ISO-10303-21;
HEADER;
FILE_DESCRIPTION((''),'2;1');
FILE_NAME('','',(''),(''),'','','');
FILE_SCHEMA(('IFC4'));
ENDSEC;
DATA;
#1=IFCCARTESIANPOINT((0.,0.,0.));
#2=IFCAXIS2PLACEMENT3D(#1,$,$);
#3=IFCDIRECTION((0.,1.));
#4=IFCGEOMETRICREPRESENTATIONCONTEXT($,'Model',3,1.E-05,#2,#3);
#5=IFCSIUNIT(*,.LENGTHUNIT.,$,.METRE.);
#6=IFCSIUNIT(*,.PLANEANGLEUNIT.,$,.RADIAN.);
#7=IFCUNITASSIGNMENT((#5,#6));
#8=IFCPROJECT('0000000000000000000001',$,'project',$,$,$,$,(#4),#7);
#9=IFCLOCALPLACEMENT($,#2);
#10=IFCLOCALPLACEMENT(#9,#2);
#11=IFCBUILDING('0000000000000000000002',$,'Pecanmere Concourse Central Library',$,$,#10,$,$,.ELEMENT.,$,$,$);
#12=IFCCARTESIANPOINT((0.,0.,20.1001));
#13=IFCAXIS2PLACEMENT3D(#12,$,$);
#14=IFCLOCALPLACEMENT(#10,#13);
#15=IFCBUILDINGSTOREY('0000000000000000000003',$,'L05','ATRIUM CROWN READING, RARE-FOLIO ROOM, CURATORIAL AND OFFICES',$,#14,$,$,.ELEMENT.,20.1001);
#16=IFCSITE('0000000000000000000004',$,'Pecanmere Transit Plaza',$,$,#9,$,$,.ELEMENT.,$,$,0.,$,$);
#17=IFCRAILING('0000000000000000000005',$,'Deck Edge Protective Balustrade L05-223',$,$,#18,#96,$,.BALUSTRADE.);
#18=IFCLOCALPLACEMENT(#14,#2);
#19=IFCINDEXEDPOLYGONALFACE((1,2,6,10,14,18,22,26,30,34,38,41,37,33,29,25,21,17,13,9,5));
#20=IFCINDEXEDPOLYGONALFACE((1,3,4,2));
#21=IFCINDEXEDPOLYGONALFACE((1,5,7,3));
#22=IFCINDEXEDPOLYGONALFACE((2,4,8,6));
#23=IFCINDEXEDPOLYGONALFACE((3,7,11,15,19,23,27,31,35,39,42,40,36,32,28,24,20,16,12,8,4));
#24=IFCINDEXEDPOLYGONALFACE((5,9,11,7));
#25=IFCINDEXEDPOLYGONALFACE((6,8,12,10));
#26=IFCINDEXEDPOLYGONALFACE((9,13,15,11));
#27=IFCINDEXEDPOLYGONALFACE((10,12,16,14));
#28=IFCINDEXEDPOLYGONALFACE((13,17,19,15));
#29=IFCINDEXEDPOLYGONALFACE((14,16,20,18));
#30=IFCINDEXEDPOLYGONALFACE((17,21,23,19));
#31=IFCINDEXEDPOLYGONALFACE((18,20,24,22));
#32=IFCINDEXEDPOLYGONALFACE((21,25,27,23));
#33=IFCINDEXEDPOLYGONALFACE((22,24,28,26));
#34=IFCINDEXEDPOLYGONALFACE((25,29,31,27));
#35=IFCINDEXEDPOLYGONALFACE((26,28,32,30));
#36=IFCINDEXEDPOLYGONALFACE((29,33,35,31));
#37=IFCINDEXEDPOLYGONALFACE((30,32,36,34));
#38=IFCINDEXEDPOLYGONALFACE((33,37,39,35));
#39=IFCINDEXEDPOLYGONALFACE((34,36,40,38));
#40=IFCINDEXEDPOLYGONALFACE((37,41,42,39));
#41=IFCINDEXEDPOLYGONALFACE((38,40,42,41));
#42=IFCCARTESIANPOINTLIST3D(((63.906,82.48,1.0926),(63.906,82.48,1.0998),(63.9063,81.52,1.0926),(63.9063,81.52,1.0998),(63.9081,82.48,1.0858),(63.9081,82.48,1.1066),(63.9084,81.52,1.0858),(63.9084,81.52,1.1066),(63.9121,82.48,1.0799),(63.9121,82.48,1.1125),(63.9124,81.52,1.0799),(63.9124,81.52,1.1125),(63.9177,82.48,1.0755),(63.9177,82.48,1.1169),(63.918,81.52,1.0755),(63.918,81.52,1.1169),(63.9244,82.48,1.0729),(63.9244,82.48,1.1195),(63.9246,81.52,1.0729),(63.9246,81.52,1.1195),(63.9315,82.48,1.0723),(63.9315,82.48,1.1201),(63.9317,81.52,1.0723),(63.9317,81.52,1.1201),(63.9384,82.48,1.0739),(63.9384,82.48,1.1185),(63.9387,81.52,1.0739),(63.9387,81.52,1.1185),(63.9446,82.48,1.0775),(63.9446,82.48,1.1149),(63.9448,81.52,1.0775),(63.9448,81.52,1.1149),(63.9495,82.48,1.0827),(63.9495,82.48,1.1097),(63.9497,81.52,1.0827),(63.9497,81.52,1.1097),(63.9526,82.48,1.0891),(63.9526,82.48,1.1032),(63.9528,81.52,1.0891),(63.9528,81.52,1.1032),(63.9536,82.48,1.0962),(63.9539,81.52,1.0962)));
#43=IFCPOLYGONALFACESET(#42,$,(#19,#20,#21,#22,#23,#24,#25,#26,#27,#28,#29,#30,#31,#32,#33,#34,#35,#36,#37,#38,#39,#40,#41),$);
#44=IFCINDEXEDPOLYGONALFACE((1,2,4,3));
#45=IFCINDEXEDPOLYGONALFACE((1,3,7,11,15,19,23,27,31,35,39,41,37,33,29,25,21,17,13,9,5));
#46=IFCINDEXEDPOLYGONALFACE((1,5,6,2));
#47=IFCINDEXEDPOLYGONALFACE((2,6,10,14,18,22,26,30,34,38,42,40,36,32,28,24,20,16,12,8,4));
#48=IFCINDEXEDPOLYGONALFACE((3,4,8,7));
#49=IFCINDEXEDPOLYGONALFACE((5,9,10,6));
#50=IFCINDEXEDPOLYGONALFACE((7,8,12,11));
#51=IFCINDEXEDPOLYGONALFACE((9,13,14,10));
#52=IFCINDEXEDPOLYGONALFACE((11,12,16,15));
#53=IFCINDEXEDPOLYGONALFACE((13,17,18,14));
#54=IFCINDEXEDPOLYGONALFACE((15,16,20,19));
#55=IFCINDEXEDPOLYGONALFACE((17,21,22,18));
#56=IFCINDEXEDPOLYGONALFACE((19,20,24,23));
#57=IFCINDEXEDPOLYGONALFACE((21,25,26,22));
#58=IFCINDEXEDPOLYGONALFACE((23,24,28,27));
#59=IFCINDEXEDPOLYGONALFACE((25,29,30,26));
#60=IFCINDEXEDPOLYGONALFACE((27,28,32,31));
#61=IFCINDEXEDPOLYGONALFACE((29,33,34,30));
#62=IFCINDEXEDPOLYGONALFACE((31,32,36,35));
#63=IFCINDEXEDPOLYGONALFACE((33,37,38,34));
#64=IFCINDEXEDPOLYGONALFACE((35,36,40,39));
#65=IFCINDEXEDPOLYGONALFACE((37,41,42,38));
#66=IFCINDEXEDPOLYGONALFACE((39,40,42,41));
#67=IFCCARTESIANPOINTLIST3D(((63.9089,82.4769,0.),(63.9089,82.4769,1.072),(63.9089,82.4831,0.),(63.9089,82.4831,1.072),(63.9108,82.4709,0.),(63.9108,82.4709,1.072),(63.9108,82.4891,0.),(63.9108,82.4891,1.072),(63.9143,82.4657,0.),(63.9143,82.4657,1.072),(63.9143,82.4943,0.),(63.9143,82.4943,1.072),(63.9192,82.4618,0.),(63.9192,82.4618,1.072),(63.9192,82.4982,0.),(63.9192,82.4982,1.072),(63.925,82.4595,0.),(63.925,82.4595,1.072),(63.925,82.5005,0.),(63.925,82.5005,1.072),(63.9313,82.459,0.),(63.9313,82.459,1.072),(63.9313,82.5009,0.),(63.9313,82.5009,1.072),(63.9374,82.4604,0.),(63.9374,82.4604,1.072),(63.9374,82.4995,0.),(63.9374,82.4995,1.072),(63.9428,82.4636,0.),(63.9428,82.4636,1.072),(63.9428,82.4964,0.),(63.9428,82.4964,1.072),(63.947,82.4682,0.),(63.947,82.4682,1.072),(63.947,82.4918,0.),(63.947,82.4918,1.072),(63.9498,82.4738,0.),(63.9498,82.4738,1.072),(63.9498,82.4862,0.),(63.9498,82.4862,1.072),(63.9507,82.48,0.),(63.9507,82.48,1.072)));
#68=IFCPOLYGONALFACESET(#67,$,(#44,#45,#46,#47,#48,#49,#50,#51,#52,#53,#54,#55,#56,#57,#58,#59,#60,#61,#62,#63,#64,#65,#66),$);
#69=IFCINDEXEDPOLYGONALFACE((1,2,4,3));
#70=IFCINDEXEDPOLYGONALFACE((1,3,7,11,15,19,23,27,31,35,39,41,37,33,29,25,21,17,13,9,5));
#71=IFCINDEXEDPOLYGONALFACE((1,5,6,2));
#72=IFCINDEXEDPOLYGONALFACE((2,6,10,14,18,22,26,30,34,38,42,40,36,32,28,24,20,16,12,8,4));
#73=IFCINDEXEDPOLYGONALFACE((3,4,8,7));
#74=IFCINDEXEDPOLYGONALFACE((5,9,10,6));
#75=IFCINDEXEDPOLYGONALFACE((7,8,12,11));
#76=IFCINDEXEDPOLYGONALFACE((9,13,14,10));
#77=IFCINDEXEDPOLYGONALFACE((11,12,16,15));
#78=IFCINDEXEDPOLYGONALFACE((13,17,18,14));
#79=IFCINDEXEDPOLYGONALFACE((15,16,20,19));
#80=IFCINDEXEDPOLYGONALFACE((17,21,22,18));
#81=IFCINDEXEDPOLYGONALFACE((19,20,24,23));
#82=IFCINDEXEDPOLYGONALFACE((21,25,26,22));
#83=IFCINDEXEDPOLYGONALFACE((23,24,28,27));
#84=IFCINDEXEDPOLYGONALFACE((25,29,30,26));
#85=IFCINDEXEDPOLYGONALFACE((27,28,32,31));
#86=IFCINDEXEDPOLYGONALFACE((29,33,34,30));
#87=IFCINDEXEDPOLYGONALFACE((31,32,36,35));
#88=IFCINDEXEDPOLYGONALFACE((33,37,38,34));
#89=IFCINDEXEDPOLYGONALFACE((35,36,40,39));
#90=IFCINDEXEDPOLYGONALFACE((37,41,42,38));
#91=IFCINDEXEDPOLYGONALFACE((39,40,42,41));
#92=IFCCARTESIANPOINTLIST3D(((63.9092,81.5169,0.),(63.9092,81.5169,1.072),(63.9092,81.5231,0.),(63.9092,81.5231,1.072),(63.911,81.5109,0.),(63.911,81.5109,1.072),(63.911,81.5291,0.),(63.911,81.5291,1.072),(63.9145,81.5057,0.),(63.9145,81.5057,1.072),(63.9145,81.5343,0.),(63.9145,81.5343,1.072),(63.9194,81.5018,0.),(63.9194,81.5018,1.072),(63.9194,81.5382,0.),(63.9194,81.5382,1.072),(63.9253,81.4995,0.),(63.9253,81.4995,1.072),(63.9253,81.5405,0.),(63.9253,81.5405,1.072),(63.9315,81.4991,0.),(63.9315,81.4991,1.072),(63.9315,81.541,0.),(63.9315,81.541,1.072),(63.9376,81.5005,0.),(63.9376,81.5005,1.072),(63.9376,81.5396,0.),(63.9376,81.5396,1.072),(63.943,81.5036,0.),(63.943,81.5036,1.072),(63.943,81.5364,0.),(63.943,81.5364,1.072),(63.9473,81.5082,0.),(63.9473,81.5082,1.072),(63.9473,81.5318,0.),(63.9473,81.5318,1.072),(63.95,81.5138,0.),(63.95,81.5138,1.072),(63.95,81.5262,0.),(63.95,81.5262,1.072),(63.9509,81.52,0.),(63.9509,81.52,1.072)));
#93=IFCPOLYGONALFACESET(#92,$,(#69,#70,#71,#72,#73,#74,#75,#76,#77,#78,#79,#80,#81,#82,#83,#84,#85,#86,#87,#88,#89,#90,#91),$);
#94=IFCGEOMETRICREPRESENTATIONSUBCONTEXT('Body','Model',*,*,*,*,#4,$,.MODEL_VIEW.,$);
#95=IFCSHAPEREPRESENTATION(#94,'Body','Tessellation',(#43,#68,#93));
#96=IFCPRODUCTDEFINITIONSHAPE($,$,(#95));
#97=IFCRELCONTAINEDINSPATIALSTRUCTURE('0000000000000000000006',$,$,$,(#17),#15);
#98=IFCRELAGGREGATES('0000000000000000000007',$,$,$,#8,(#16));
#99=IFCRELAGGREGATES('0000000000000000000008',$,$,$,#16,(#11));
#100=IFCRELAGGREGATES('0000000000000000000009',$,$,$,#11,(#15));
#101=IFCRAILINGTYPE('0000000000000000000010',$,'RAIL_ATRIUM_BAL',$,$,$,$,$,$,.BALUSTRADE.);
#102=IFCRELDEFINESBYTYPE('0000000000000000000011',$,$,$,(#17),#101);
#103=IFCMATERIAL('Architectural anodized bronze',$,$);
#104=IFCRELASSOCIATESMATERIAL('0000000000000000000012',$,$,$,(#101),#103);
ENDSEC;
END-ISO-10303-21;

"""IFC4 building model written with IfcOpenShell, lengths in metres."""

from ifc_helpers import new_model, si_unit, direction, frame, origin, origin_2d, place, context, subcontext, project, spatial, circle, extrude, material, type_object, element, save


model = new_model("IFC4")

# Units and contexts
model_context = context("Model", 3, precision=1e-05, world=origin(), true_north=direction((0.0, 1.0)))
body_context = subcontext(model_context, "Body", "Model", "MODEL_VIEW")
ifc_project = project(units=[si_unit("LENGTHUNIT", "METRE"), si_unit("PLANEANGLEUNIT", "RADIAN")], contexts=[model_context])

# Site, building, storey
site_placement = place(None, origin())
site = spatial("IfcSite", under=ifc_project, at=site_placement, Name="Pecanmere Transit Plaza", CompositionType="ELEMENT", RefElevation=0.0)
building_placement = place(site_placement, origin())
building = spatial("IfcBuilding", under=site, at=building_placement, Name="Pecanmere Concourse Central Library", CompositionType="ELEMENT")
storey_placement = place(building_placement, frame((0.0, 0.0, 20.1001)))
storey = spatial("IfcBuildingStorey", under=building, at=storey_placement, Name="L05", Description="ATRIUM CROWN READING, RARE-FOLIO ROOM, CURATORIAL AND OFFICES", CompositionType="ELEMENT", Elevation=20.1001)

# Railing
ifc_material_1 = material(Name="Architectural anodized bronze")
railing_type = type_object("IfcRailingType", Name="RAIL_ATRIUM_BAL", PredefinedType="BALUSTRADE", material=ifc_material_1)
railing_1_placement = place(storey_placement, frame((63.9297, 82.48, 0.0)))
element("IfcRailing", 1, at=railing_1_placement, inside=storey, type_object=railing_type, Name="Deck Edge Protective Balustrade L05-223", PredefinedType="BALUSTRADE", context=body_context, shape_type="SweptSolid", body=[
    extrude(circle(Radius=0.0239, at=origin_2d()), frame((0.0, 0.0, 1.0962), z_axis=(0.000254, -1.0, 0.0), x_axis=(1.0, 0.000254, 0.0)), (0.0, 0.0, 1.0), 0.96),
    extrude(circle(Radius=0.021, at=origin_2d()), origin(), (0.0, 0.0, 1.0), 1.072),
    extrude(circle(Radius=0.021, at=origin_2d()), frame((0.0002, -0.96, 0.0)), (0.0, 0.0, 1.0), 1.072),
])

save(model, "model.ifc")
